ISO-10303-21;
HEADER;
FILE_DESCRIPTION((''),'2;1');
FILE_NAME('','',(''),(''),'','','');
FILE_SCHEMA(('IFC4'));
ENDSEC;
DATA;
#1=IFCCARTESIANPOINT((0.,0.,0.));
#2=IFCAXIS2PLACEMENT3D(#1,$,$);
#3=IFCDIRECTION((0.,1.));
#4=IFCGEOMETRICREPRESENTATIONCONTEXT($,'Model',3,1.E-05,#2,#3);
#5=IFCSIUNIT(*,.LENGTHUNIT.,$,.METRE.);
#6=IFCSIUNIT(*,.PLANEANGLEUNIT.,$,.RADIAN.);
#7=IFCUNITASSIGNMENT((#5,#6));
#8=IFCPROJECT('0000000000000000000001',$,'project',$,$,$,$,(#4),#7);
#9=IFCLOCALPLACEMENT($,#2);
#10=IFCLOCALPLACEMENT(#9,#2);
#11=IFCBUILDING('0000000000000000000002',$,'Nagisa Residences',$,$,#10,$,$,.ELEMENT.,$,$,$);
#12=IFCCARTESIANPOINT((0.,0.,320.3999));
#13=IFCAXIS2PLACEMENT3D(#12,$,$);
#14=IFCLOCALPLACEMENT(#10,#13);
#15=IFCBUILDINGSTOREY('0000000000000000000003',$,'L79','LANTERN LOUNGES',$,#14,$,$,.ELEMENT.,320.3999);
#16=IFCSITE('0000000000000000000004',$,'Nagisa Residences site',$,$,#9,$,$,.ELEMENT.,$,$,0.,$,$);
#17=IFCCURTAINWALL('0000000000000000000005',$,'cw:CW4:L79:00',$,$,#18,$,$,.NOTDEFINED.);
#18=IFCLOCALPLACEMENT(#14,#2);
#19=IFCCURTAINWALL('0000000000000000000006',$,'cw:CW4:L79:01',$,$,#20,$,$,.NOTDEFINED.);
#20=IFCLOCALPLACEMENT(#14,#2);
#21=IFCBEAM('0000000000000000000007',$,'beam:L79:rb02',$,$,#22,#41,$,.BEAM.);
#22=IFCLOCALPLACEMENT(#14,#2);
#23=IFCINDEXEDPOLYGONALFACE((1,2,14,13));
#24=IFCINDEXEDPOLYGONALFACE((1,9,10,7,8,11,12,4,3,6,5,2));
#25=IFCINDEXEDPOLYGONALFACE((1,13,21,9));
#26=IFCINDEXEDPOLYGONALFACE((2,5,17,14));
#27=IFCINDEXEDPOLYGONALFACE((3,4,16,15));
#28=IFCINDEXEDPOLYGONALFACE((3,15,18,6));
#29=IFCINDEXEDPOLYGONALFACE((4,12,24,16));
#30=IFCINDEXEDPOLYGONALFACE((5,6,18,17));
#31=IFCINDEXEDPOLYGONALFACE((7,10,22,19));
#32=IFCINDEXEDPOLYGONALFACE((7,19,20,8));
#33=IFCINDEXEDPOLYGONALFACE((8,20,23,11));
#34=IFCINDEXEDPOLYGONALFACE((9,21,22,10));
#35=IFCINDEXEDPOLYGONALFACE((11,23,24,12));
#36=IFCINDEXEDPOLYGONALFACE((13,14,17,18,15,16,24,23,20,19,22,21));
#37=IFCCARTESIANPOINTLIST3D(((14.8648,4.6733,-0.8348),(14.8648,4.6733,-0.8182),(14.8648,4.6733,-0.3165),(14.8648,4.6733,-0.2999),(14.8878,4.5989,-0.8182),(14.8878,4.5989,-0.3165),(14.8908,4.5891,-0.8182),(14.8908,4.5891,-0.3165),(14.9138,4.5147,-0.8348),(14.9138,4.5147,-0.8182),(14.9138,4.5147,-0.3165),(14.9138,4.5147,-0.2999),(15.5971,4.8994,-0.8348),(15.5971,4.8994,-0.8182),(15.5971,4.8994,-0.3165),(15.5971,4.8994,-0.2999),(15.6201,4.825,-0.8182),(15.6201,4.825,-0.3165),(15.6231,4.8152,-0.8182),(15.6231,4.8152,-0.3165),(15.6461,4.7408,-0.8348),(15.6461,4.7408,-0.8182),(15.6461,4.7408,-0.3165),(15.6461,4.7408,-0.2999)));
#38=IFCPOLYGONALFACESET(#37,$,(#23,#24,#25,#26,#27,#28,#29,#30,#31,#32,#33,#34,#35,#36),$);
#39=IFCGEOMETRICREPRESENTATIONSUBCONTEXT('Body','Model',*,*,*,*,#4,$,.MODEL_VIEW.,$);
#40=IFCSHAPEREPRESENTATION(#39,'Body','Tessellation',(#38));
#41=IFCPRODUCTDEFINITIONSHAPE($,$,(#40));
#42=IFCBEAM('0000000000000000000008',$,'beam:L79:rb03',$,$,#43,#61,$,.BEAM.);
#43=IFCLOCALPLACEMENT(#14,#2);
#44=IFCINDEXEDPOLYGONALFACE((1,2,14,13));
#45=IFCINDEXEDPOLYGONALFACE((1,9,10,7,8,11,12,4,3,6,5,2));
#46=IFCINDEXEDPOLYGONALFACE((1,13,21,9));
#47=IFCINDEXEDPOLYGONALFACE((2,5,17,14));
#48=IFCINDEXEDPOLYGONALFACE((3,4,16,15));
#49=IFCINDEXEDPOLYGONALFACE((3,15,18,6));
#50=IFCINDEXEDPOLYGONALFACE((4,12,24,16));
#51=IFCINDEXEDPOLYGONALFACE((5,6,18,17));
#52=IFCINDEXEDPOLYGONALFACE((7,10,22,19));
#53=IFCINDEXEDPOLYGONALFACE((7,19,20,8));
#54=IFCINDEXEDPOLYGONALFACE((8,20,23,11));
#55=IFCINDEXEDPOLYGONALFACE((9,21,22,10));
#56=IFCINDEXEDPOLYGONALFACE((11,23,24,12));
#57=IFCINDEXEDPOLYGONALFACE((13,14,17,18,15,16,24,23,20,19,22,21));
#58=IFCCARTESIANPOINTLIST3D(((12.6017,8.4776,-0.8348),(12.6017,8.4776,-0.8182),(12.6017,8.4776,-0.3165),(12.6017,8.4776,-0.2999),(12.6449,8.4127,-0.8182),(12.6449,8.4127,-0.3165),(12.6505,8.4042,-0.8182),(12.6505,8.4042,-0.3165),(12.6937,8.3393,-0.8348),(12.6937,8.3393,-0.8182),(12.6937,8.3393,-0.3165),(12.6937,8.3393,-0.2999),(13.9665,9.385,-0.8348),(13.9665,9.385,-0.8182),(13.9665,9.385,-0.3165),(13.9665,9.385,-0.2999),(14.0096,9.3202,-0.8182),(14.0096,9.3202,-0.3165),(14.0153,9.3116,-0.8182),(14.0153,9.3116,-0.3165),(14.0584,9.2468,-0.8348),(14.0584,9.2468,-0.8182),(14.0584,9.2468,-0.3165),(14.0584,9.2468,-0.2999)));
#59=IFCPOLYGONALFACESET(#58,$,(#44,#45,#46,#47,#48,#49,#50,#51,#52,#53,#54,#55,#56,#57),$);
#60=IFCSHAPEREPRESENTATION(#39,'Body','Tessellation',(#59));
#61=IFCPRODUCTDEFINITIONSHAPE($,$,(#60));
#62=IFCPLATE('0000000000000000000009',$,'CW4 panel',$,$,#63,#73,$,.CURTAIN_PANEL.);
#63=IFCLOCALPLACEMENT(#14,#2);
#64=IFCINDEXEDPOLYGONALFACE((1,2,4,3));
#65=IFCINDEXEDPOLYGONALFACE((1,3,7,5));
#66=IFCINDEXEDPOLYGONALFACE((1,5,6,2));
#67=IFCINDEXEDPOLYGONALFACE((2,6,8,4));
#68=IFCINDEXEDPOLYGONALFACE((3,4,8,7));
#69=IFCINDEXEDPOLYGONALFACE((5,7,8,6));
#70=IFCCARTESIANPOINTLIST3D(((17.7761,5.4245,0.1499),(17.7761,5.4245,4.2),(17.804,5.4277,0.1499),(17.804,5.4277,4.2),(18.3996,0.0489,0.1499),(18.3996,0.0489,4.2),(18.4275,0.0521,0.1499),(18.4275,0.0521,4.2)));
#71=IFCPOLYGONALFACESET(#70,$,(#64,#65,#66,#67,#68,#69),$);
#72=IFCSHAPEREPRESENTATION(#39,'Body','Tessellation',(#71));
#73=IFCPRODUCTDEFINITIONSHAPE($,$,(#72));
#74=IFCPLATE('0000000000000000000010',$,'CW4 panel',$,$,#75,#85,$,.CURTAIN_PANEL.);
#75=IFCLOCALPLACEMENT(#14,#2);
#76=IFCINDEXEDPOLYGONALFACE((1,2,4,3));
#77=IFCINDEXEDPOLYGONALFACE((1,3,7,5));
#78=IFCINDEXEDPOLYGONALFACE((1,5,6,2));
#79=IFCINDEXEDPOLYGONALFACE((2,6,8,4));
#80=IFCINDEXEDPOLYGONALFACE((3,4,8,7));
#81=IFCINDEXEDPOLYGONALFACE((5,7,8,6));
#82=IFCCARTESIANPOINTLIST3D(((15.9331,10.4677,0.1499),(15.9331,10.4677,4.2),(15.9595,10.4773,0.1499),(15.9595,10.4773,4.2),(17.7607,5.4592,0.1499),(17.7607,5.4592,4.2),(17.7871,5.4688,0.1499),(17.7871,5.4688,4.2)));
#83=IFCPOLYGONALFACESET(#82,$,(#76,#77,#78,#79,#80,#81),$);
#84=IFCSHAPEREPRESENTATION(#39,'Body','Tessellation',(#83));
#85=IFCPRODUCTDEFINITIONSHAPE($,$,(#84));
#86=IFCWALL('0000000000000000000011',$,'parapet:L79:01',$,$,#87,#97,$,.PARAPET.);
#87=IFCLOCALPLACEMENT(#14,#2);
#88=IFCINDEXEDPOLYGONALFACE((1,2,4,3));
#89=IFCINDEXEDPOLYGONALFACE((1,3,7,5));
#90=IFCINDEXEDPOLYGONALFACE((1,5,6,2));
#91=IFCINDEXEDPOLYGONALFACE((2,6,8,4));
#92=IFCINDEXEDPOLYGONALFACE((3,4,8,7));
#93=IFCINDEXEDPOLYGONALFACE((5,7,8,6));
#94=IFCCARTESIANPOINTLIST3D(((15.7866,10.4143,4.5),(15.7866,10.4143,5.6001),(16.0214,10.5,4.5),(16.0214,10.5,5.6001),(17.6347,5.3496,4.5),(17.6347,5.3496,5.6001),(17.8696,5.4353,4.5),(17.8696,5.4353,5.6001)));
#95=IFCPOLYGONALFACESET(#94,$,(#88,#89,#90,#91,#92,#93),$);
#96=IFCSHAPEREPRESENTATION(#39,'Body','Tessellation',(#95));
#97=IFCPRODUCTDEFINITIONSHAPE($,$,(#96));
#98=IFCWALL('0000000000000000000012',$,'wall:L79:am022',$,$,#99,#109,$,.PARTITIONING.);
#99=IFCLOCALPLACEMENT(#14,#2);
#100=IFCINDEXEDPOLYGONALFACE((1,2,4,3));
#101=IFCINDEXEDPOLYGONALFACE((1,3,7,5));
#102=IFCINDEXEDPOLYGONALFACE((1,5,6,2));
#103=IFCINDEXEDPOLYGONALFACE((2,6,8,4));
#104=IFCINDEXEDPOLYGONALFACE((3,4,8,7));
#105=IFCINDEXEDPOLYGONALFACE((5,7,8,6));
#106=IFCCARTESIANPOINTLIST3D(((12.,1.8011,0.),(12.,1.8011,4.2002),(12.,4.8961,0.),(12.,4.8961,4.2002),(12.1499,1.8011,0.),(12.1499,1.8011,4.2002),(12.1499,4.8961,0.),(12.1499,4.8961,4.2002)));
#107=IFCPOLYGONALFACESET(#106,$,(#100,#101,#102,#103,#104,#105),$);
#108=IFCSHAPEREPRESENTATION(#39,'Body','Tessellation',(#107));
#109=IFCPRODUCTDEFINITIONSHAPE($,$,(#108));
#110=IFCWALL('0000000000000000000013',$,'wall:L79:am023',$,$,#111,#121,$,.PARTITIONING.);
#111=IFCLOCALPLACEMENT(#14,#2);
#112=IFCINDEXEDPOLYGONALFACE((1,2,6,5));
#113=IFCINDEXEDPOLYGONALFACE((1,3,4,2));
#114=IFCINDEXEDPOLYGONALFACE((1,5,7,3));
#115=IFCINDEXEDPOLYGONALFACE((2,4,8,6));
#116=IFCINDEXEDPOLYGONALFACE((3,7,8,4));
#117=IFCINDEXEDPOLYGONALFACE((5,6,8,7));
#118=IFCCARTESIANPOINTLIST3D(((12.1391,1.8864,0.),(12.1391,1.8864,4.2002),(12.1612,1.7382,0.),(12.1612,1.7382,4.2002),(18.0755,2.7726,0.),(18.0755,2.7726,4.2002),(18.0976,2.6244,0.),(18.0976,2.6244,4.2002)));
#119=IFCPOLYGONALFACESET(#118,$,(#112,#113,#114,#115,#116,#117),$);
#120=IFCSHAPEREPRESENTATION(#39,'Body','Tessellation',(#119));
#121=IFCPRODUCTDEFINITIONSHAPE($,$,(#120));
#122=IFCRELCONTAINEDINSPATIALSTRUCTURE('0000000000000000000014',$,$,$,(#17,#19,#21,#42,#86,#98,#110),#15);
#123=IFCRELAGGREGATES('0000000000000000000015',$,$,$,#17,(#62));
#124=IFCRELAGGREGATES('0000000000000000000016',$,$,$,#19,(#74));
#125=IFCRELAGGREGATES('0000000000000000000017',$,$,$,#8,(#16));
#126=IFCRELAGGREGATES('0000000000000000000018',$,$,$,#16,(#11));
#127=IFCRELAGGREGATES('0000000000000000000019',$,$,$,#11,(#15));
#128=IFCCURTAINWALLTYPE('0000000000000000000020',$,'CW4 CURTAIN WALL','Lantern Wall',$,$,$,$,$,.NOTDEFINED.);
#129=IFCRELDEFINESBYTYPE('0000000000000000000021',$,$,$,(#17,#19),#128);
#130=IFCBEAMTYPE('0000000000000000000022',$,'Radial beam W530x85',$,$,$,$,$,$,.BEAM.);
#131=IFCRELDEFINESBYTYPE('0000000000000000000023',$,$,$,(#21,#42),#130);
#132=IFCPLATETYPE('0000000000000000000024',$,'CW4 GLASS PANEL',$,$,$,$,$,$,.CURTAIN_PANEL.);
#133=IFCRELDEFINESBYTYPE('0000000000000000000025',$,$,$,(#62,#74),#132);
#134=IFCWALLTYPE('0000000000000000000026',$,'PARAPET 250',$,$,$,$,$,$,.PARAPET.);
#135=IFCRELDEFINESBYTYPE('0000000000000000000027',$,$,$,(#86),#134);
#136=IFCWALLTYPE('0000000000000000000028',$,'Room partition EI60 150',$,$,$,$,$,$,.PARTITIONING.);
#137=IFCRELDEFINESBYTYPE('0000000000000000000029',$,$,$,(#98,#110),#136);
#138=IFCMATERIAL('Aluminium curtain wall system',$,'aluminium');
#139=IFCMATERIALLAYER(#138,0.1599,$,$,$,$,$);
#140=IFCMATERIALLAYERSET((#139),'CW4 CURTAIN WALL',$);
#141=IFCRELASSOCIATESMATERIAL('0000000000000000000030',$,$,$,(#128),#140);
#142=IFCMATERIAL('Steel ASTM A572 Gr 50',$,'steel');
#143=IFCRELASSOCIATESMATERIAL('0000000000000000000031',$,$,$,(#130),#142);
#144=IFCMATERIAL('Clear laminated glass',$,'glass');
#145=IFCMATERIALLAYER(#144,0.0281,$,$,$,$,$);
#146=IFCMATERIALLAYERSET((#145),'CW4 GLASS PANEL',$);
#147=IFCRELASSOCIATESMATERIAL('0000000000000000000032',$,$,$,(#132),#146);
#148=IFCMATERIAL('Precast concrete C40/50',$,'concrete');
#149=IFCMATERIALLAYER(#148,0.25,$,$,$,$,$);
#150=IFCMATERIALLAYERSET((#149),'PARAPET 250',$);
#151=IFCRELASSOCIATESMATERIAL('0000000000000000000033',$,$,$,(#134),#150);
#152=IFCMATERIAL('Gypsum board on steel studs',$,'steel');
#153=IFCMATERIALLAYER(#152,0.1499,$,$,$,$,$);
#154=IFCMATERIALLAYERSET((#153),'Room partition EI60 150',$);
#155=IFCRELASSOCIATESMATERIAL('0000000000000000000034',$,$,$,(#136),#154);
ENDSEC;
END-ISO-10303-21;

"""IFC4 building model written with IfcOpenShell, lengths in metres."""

from ifc_helpers import new_model, si_unit, direction, frame, frame_2d, origin, origin_2d, place, context, subcontext, project, spatial, rectangle, i_section, extrude, material, layer, layer_set, material_profile, profile_set, type_object, element, aggregate, save


model = new_model("IFC4")

# Units and contexts
model_context = context("Model", 3, precision=1e-05, world=origin(), true_north=direction((0.0, 1.0)))
body_context = subcontext(model_context, "Body", "Model", "MODEL_VIEW")
ifc_project = project(units=[si_unit("LENGTHUNIT", "METRE"), si_unit("PLANEANGLEUNIT", "RADIAN")], contexts=[model_context])

# Site, building, storey
site_placement = place(None, origin())
site = spatial("IfcSite", under=ifc_project, at=site_placement, Name="Nagisa Residences site", CompositionType="ELEMENT", RefElevation=0.0)
building_placement = place(site_placement, origin())
building = spatial("IfcBuilding", under=site, at=building_placement, Name="Nagisa Residences", CompositionType="ELEMENT")
storey_placement = place(building_placement, frame((0.0, 0.0, 320.3999)))
storey = spatial("IfcBuildingStorey", under=building, at=storey_placement, Name="L79", Description="LANTERN LOUNGES", CompositionType="ELEMENT", Elevation=320.3999)

# Curtain wall
ifc_material_1 = material(Name="Aluminium curtain wall system", Category="aluminium")
ifc_layer_1 = layer(ifc_material_1, 0.1599)
ifc_layer_set_1 = layer_set([ifc_layer_1], Name="CW4 CURTAIN WALL")
curtain_wall_type = type_object("IfcCurtainWallType", Name="CW4 CURTAIN WALL", Description="Lantern Wall", PredefinedType="NOTDEFINED", material=ifc_layer_set_1)
curtain_wall_1_placement = place(storey_placement, origin())
curtain_wall_1 = element("IfcCurtainWall", 1, at=curtain_wall_1_placement, inside=storey, type_object=curtain_wall_type, Name="cw:CW4:L79:00", PredefinedType="NOTDEFINED")

# Curtain wall
curtain_wall_2_placement = place(storey_placement, origin())
curtain_wall_2 = element("IfcCurtainWall", 2, at=curtain_wall_2_placement, inside=storey, type_object=curtain_wall_type, Name="cw:CW4:L79:01", PredefinedType="NOTDEFINED")

# Beams
ifc_material_2 = material(Name="Steel ASTM A572 Gr 50", Category="steel")
ifc_material_profile_1 = material_profile(ifc_material_2, i_section(OverallWidth=0.166, OverallDepth=0.5349, WebThickness=0.0103, FlangeThickness=0.0166, at=origin_2d()), Name="W530x85")
ifc_profile_set_1 = profile_set([ifc_material_profile_1], Name="Steel ASTM A572 Gr 50")
beam_type_1 = type_object("IfcBeamType", Name="Radial beam W530x85", PredefinedType="BEAM", material=ifc_profile_set_1)
beam_1_placement = place(storey_placement, frame((15.6216, 4.8201, -0.5674), z_axis=(-0.955489, -0.295026, 0.0), x_axis=(0.295026, -0.955489, 0.0)))
element("IfcBeam", 3, at=beam_1_placement, inside=storey, type_object=beam_type_1, Name="beam:L79:rb02", PredefinedType="BEAM", context=body_context, shape_type="SweptSolid", body=[
    extrude(i_section(OverallWidth=0.166, OverallDepth=0.5349, WebThickness=0.0103, FlangeThickness=0.0166, at=origin_2d()), origin(), (0.0, 0.0, 1.0), 0.7664),
])
beam_2_placement = place(storey_placement, frame((14.0125, 9.3159, -0.5674), z_axis=(-0.832714, -0.553703, 0.0), x_axis=(0.553703, -0.832714, 0.0)))
element("IfcBeam", 4, at=beam_2_placement, inside=storey, type_object=beam_type_1, Name="beam:L79:rb03", PredefinedType="BEAM", context=body_context, shape_type="SweptSolid", body=[
    extrude(i_section(OverallWidth=0.166, OverallDepth=0.5349, WebThickness=0.0103, FlangeThickness=0.0166, at=origin_2d()), origin(), (0.0, 0.0, 1.0), 1.6389),
])

# Plates
ifc_material_3 = material(Name="Clear laminated glass", Category="glass")
ifc_layer_2 = layer(ifc_material_3, 0.0281)
ifc_layer_set_2 = layer_set([ifc_layer_2], Name="CW4 GLASS PANEL")
plate_type = type_object("IfcPlateType", Name="CW4 GLASS PANEL", PredefinedType="CURTAIN_PANEL", material=ifc_layer_set_2)
plate_1_placement = place(storey_placement, frame((18.1018, 2.7383, 0.1499), z_axis=(0.0, 0.0, 1.0), x_axis=(-0.115207, 0.993341, 0.0)))
plate_1 = element("IfcPlate", 5, at=plate_1_placement, type_object=plate_type, Name="CW4 panel", PredefinedType="CURTAIN_PANEL", context=body_context, shape_type="SweptSolid", body=[
    extrude(rectangle(XDim=5.4116, YDim=0.0281, at=origin_2d()), origin(), (0.0, 0.0, 1.0), 4.05),
])
aggregate(curtain_wall_1, [plate_1])
plate_2_placement = place(storey_placement, frame((16.8601, 7.9683, 0.1499), z_axis=(0.0, 0.0, 1.0), x_axis=(-0.342793, 0.939411, 0.0)))
plate_2 = element("IfcPlate", 6, at=plate_2_placement, type_object=plate_type, Name="CW4 panel", PredefinedType="CURTAIN_PANEL", context=body_context, shape_type="SweptSolid", body=[
    extrude(rectangle(XDim=5.3315, YDim=0.0281, at=origin_2d()), origin(), (0.0, 0.0, 1.0), 4.05),
])
aggregate(curtain_wall_2, [plate_2])

# Walls
ifc_material_4 = material(Name="Precast concrete C40/50", Category="concrete")
ifc_layer_3 = layer(ifc_material_4, 0.25)
ifc_layer_set_3 = layer_set([ifc_layer_3], Name="PARAPET 250")
wall_type_1 = type_object("IfcWallType", Name="PARAPET 250", PredefinedType="PARAPET", material=ifc_layer_set_3)
wall_1_placement = place(storey_placement, frame((17.7522, 5.3923, 4.5), z_axis=(0.0, 0.0, 1.0), x_axis=(-0.342797, 0.939409, 0.0)))
element("IfcWall", 7, at=wall_1_placement, inside=storey, type_object=wall_type_1, Name="parapet:L79:01", PredefinedType="PARAPET", context=body_context, shape_type="SweptSolid", body=[
    extrude(rectangle(XDim=5.3914, YDim=0.25, at=frame_2d((2.6958, 0.0))), origin(), (0.0, 0.0, 1.0), 1.1001),
])
ifc_material_5 = material(Name="Gypsum board on steel studs", Category="steel")
ifc_layer_4 = layer(ifc_material_5, 0.1499)
ifc_layer_set_4 = layer_set([ifc_layer_4], Name="Room partition EI60 150")
wall_type_2 = type_object("IfcWallType", Name="Room partition EI60 150", PredefinedType="PARTITIONING", material=ifc_layer_set_4)
wall_2_placement = place(storey_placement, frame((12.075, 4.896, 0.0), z_axis=(0.0, 0.0, 1.0), x_axis=(0.0, -1.0, 0.0)))
element("IfcWall", 8, at=wall_2_placement, inside=storey, type_object=wall_type_2, Name="wall:L79:am022", PredefinedType="PARTITIONING", context=body_context, shape_type="SweptSolid", body=[
    extrude(rectangle(XDim=3.095, YDim=0.1499, at=frame_2d((1.5474, 0.0))), origin(), (0.0, 0.0, 1.0), 4.2002),
])
wall_3_placement = place(storey_placement, frame((18.0864, 2.6985, 0.0), z_axis=(0.0, 0.0, 1.0), x_axis=(-0.98904, -0.147648, 0.0)))
element("IfcWall", 9, at=wall_3_placement, inside=storey, type_object=wall_type_2, Name="wall:L79:am023", PredefinedType="PARTITIONING", context=body_context, shape_type="SweptSolid", body=[
    extrude(rectangle(XDim=6.0022, YDim=0.1499, at=frame_2d((3.001, 0.0))), origin(), (0.0, 0.0, 1.0), 4.2002),
])

save(model, "model.ifc")
